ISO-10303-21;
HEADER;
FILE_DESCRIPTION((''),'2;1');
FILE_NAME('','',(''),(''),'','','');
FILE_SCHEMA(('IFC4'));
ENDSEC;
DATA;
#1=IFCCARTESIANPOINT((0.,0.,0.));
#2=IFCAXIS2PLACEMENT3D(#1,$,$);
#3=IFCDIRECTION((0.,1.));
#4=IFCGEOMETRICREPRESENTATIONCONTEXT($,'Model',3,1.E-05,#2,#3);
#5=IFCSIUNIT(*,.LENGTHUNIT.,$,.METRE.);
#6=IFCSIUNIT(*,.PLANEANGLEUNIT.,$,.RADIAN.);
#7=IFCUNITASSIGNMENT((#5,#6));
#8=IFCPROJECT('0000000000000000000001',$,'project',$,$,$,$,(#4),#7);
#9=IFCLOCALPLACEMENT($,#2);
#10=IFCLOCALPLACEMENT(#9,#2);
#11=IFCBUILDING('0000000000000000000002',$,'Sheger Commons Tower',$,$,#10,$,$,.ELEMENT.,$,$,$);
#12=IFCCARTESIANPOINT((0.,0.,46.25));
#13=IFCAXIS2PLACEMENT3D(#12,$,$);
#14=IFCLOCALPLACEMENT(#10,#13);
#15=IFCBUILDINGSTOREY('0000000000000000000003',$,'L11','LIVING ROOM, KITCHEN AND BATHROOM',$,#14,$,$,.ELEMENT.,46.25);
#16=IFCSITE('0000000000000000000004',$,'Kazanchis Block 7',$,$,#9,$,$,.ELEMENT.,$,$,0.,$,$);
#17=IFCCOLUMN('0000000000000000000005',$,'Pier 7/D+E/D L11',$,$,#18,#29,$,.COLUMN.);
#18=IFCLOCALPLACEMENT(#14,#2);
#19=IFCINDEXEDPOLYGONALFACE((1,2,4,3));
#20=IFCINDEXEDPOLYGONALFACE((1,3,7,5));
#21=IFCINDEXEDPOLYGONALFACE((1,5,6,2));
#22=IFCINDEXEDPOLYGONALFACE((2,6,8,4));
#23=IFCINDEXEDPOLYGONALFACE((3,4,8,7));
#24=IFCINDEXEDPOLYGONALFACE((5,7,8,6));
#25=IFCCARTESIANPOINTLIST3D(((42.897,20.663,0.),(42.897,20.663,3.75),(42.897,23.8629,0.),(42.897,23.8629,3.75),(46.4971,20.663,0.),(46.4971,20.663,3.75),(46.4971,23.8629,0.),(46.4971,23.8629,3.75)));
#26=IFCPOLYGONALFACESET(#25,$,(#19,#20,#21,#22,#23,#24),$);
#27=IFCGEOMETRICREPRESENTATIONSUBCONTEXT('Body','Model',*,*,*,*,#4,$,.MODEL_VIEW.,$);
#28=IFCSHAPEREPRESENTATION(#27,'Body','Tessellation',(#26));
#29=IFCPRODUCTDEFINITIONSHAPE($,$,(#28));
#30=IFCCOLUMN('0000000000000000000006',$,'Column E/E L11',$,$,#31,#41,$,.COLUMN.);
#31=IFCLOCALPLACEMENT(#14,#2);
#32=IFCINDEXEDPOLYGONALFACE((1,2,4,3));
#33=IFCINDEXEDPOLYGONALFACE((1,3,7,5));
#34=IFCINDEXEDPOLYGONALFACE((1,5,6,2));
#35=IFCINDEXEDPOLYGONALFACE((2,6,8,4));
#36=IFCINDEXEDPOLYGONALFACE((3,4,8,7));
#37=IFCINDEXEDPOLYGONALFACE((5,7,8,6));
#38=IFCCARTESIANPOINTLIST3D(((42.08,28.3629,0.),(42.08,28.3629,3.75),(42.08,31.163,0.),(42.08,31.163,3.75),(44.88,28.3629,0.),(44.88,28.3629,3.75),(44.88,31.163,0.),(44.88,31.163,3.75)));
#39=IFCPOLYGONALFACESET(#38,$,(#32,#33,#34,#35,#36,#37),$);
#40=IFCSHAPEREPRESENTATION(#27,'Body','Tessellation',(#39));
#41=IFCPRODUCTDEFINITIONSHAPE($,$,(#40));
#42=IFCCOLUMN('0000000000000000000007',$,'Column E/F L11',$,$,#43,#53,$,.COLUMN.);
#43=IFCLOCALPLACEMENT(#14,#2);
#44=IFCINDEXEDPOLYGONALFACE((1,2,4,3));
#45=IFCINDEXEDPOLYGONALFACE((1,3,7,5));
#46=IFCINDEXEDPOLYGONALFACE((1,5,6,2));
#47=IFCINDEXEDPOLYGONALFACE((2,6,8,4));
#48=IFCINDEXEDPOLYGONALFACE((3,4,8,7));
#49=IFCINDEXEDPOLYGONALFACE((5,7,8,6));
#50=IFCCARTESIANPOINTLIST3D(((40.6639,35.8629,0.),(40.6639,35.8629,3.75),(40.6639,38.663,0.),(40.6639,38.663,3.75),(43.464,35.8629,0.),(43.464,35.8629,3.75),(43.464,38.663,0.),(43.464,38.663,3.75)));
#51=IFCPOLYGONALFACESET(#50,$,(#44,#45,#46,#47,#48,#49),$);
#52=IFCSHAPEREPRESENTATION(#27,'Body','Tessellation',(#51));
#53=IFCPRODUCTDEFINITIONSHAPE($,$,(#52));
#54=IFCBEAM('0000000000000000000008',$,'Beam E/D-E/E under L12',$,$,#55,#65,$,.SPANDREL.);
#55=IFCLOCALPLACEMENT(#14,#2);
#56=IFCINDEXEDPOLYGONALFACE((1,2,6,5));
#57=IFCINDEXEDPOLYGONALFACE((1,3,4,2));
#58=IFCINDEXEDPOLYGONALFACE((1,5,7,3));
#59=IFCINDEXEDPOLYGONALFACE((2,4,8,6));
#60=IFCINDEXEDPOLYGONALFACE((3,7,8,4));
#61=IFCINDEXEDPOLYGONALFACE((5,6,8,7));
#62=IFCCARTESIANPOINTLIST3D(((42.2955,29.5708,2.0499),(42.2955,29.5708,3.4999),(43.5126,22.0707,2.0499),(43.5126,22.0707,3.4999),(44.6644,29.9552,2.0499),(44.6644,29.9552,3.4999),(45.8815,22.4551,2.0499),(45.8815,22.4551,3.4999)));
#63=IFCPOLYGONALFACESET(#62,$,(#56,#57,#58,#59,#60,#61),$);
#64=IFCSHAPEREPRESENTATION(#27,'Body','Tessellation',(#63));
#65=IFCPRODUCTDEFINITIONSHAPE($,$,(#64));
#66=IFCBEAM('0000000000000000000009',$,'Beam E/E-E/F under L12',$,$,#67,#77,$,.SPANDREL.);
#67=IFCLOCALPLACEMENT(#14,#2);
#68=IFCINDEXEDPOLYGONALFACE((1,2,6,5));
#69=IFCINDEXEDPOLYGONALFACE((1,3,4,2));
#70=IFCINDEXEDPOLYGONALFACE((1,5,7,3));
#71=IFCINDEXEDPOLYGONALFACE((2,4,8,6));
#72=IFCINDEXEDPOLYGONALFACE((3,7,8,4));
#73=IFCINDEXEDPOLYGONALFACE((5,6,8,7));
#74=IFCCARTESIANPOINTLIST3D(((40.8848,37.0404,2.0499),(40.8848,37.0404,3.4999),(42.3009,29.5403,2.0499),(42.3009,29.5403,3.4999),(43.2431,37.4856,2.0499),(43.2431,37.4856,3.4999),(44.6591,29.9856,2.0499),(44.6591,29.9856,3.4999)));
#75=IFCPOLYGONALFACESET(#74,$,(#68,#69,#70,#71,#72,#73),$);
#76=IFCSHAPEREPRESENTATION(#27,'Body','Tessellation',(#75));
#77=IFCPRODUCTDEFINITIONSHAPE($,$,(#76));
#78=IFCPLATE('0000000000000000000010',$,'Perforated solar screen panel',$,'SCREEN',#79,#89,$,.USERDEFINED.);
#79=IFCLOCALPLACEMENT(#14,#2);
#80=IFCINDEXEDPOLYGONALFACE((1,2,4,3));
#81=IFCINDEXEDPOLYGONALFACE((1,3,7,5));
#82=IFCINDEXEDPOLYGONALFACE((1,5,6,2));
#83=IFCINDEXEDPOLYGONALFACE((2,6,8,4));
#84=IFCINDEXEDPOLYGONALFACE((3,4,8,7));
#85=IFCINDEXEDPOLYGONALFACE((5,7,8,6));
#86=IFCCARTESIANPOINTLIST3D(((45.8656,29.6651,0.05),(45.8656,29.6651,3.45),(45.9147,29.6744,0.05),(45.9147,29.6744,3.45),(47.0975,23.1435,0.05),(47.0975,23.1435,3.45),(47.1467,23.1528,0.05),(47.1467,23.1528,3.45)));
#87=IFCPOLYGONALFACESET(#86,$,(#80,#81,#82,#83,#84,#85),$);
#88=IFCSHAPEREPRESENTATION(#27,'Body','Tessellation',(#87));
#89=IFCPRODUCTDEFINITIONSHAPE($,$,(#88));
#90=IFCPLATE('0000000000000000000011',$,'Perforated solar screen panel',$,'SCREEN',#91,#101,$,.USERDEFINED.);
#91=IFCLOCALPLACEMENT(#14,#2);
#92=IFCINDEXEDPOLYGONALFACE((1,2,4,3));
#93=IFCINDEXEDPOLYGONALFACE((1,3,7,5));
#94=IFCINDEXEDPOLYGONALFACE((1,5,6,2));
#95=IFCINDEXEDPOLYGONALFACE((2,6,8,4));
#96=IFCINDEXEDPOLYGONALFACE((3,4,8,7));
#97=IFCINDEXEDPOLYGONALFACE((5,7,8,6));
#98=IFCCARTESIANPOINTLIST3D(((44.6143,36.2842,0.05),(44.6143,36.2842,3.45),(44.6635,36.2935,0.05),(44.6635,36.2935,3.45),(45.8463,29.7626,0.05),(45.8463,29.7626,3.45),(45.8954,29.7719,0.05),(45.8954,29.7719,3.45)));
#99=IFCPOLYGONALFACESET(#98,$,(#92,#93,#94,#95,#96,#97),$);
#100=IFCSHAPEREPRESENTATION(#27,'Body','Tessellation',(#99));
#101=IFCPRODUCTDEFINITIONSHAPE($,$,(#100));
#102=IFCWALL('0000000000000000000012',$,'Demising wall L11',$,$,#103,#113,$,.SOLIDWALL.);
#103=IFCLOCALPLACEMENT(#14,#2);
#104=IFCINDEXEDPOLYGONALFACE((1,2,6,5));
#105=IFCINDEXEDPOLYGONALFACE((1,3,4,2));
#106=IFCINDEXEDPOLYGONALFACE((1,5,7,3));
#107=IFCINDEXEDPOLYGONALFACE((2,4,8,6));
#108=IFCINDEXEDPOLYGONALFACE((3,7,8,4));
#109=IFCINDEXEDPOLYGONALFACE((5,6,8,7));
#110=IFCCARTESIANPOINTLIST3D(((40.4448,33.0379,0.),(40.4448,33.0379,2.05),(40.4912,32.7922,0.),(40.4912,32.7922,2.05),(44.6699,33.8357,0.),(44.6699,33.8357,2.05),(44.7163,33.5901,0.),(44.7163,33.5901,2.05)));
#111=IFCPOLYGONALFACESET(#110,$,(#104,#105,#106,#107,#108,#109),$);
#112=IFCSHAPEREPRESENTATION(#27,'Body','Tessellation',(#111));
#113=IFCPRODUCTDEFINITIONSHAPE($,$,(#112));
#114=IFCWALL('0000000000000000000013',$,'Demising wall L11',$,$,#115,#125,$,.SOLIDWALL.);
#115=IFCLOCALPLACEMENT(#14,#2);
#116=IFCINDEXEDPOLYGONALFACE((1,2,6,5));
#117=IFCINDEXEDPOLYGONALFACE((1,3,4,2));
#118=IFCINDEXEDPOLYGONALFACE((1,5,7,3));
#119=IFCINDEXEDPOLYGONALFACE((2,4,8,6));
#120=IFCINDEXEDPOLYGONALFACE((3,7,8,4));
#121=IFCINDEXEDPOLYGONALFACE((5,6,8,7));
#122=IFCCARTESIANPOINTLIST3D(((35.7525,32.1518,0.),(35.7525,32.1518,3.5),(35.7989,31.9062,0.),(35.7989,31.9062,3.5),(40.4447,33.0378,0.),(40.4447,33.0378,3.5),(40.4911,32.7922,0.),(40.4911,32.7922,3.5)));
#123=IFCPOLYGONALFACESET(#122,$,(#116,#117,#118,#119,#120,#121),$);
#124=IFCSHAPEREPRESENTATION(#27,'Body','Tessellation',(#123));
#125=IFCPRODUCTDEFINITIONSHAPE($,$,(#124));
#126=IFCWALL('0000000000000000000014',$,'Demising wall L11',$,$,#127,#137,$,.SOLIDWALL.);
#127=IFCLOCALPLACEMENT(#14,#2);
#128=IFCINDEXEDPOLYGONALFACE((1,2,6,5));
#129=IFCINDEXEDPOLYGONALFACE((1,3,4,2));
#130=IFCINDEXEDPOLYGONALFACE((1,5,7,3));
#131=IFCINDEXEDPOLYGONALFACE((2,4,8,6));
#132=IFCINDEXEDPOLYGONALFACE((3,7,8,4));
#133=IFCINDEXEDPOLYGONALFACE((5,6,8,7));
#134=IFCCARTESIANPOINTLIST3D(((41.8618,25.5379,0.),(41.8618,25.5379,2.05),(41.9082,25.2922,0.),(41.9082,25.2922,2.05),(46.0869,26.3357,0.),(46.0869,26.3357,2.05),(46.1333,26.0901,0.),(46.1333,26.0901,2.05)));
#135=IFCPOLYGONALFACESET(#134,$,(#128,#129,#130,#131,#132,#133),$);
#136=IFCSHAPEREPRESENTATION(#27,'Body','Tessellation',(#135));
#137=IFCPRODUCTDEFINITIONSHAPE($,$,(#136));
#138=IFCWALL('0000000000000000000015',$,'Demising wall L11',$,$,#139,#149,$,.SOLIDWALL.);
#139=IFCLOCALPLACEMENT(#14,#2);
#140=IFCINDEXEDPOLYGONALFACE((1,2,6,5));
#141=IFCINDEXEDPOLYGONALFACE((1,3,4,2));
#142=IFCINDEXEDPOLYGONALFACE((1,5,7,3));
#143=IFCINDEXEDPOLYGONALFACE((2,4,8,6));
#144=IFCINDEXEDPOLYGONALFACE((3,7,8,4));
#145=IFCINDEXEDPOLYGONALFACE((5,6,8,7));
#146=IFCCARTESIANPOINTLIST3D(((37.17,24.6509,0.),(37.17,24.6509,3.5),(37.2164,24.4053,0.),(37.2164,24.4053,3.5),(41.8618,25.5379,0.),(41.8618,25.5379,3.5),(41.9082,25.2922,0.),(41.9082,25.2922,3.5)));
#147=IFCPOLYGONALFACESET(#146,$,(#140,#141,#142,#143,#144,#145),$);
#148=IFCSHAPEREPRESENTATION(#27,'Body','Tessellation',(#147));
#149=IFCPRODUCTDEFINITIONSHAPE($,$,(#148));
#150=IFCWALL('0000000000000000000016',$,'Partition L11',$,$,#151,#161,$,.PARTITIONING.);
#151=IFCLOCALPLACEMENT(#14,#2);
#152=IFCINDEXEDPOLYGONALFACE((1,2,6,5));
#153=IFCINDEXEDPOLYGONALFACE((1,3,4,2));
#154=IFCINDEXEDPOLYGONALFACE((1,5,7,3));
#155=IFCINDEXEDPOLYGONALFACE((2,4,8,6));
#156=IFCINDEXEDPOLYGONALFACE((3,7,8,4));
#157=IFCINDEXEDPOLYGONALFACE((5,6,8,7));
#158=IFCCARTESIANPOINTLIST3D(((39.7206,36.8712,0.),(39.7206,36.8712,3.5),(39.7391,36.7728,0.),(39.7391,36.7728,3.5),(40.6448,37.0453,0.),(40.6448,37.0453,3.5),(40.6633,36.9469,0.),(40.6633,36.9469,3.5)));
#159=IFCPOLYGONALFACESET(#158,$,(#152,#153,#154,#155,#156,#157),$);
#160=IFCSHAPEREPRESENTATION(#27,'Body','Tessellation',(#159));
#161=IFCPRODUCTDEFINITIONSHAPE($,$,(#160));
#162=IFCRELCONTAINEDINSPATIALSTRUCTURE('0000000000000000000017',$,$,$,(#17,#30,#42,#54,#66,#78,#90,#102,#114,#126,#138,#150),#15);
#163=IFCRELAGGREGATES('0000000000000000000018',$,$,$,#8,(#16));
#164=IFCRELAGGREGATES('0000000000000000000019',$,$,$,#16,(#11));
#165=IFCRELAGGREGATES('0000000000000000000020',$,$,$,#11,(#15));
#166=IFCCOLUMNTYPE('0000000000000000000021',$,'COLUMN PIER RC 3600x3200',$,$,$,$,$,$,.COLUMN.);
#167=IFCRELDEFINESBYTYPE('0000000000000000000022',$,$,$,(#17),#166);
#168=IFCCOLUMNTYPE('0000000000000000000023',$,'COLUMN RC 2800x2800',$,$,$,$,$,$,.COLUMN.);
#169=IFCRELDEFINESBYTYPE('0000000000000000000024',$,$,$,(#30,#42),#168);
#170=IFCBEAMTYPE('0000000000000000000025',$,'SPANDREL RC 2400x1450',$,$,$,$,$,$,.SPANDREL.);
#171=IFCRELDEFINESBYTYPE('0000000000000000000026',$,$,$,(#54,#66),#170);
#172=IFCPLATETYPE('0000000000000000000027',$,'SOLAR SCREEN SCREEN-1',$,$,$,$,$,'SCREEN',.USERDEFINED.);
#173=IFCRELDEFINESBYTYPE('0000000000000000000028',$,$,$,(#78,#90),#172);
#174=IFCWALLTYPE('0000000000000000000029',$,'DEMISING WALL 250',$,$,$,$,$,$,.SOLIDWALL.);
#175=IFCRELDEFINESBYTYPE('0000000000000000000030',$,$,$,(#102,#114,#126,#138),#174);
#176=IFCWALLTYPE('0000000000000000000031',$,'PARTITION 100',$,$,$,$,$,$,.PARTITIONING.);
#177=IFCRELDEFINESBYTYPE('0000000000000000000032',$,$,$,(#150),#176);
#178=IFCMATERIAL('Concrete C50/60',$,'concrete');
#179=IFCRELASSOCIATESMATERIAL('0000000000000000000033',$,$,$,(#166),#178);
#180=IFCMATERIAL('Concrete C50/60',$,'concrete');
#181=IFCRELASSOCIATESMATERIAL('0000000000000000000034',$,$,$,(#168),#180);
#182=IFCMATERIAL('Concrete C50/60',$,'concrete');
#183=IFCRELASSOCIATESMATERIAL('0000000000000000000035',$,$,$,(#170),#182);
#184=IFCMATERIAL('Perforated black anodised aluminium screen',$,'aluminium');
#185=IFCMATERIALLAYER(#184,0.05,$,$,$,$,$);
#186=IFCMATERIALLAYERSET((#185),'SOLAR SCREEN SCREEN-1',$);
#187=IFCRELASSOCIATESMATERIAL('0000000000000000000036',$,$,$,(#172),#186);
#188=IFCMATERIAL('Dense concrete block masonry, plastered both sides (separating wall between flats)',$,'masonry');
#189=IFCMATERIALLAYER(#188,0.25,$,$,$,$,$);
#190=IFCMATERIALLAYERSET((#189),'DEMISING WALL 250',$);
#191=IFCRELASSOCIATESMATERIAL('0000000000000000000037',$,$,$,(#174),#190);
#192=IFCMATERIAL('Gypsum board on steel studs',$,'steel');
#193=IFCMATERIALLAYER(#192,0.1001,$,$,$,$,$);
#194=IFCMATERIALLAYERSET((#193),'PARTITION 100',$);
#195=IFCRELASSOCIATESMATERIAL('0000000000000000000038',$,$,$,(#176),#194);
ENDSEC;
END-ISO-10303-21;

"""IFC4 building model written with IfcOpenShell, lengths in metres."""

from ifc_helpers import new_model, si_unit, direction, frame, frame_2d, origin, origin_2d, place, context, subcontext, project, spatial, rectangle, extrude, material, layer, layer_set, material_profile, profile_set, type_object, element, save


model = new_model("IFC4")

# Units and contexts
model_context = context("Model", 3, precision=1e-05, world=origin(), true_north=direction((0.0, 1.0)))
body_context = subcontext(model_context, "Body", "Model", "MODEL_VIEW")
ifc_project = project(units=[si_unit("LENGTHUNIT", "METRE"), si_unit("PLANEANGLEUNIT", "RADIAN")], contexts=[model_context])

# Site, building, storey
site_placement = place(None, origin())
site = spatial("IfcSite", under=ifc_project, at=site_placement, Name="Kazanchis Block 7", CompositionType="ELEMENT", RefElevation=0.0)
building_placement = place(site_placement, origin())
building = spatial("IfcBuilding", under=site, at=building_placement, Name="Sheger Commons Tower", CompositionType="ELEMENT")
storey_placement = place(building_placement, frame((0.0, 0.0, 46.25)))
storey = spatial("IfcBuildingStorey", under=building, at=storey_placement, Name="L11", Description="LIVING ROOM, KITCHEN AND BATHROOM", CompositionType="ELEMENT", Elevation=46.25)

# Columns
ifc_material_1 = material(Name="Concrete C50/60", Category="concrete")
ifc_material_profile_1 = material_profile(ifc_material_1, rectangle(XDim=3.6001, YDim=3.2, at=origin_2d()), Name="RC 3600x3200")
ifc_profile_set_1 = profile_set([ifc_material_profile_1], Name="Concrete C50/60")
column_type_1 = type_object("IfcColumnType", Name="COLUMN PIER RC 3600x3200", PredefinedType="COLUMN", material=ifc_profile_set_1)
column_placement = place(storey_placement, frame((44.697, 22.2629, 0.0), z_axis=(0.0, 0.0, 1.0), x_axis=(1.0, 0.0, 0.0)))
element("IfcColumn", 1, at=column_placement, inside=storey, type_object=column_type_1, Name="Pier 7/D+E/D L11", PredefinedType="COLUMN", context=body_context, shape_type="SweptSolid", body=[
    extrude(rectangle(XDim=3.6001, YDim=3.2, at=origin_2d()), origin(), (0.0, 0.0, 1.0), 3.75),
])
ifc_material_2 = material(Name="Concrete C50/60", Category="concrete")
ifc_material_profile_2 = material_profile(ifc_material_2, rectangle(XDim=2.8, YDim=2.8, at=origin_2d()), Name="RC 2800x2800")
ifc_profile_set_2 = profile_set([ifc_material_profile_2], Name="Concrete C50/60")
column_type_2 = type_object("IfcColumnType", Name="COLUMN RC 2800x2800", PredefinedType="COLUMN", material=ifc_profile_set_2)
for number, where, z_axis, x_axis, name in (
    (2, (43.48, 29.7629, 0.0), (0.0, 0.0, 1.0), (1.0, 0.0, 0.0), "Column E/E L11"),
    (3, (42.064, 37.2629, 0.0), (0.0, 0.0, 1.0), (1.0, 0.0, 0.0), "Column E/F L11"),
):
    element("IfcColumn", number, at=place(storey_placement, frame(where, z_axis=z_axis, x_axis=x_axis)), inside=storey, type_object=column_type_2, Name=name, PredefinedType="COLUMN", context=body_context, shape_type="SweptSolid", body=[
        extrude(rectangle(XDim=2.8, YDim=2.8, at=origin_2d()), origin(), (0.0, 0.0, 1.0), 3.75),
    ])

# Beams
ifc_material_3 = material(Name="Concrete C50/60", Category="concrete")
ifc_material_profile_3 = material_profile(ifc_material_3, rectangle(XDim=2.3999, YDim=1.45, at=origin_2d()), Name="RC 2400x1450")
ifc_profile_set_3 = profile_set([ifc_material_profile_3], Name="Concrete C50/60")
beam_type = type_object("IfcBeamType", Name="SPANDREL RC 2400x1450", PredefinedType="SPANDREL", material=ifc_profile_set_3)
beam_1_placement = place(storey_placement, frame((44.697, 22.2629, 2.7749), z_axis=(-0.160177, 0.987088, 0.0), x_axis=(-0.987088, -0.160177, 0.0)))
element("IfcBeam", 4, at=beam_1_placement, inside=storey, type_object=beam_type, Name="Beam E/D-E/E under L12", PredefinedType="SPANDREL", context=body_context, shape_type="SweptSolid", body=[
    extrude(rectangle(XDim=2.3999, YDim=1.45, at=origin_2d()), origin(), (0.0, 0.0, 1.0), 7.5981),
])
beam_2_placement = place(storey_placement, frame((43.48, 29.7629, 2.7749), z_axis=(-0.185524, 0.98264, 0.0), x_axis=(-0.98264, -0.185524, 0.0)))
element("IfcBeam", 5, at=beam_2_placement, inside=storey, type_object=beam_type, Name="Beam E/E-E/F under L12", PredefinedType="SPANDREL", context=body_context, shape_type="SweptSolid", body=[
    extrude(rectangle(XDim=2.3999, YDim=1.45, at=origin_2d()), origin(), (0.0, 0.0, 1.0), 7.6326),
])

# Plates
ifc_material_4 = material(Name="Perforated black anodised aluminium screen", Category="aluminium")
ifc_layer_1 = layer(ifc_material_4, 0.05)
ifc_layer_set_1 = layer_set([ifc_layer_1], Name="SOLAR SCREEN SCREEN-1")
plate_type = type_object("IfcPlateType", Name="SOLAR SCREEN SCREEN-1", ElementType="SCREEN", PredefinedType="USERDEFINED", material=ifc_layer_set_1)
for number, where, z_axis, x_axis, name in (
    (6, (46.5061, 26.4089, 0.05), (0.0, 0.0, 1.0), (-0.185615, 0.982623, 0.0), "Perforated solar screen panel"),
    (7, (45.2549, 33.0281, 0.05), (0.0, 0.0, 1.0), (-0.185615, 0.982623, 0.0), "Perforated solar screen panel"),
):
    element("IfcPlate", number, at=place(storey_placement, frame(where, z_axis=z_axis, x_axis=x_axis)), inside=storey, type_object=plate_type, Name=name, ObjectType="SCREEN", PredefinedType="USERDEFINED", context=body_context, shape_type="SweptSolid", body=[
        extrude(rectangle(XDim=6.637, YDim=0.05, at=origin_2d()), origin(), (0.0, 0.0, 1.0), 3.3999),
    ])

# Walls
ifc_material_5 = material(Name="Dense concrete block masonry, plastered both sides (separating wall between flats)", Category="masonry")
ifc_layer_2 = layer(ifc_material_5, 0.25)
ifc_layer_set_2 = layer_set([ifc_layer_2], Name="DEMISING WALL 250")
wall_type_1 = type_object("IfcWallType", Name="DEMISING WALL 250", PredefinedType="SOLIDWALL", material=ifc_layer_set_2)
wall_1_placement = place(storey_placement, frame((44.6931, 33.7129, 0.0), z_axis=(0.0, 0.0, 1.0), x_axis=(-0.982634, -0.185557, 0.0)))
element("IfcWall", 8, at=wall_1_placement, inside=storey, type_object=wall_type_1, Name="Demising wall L11", PredefinedType="SOLIDWALL", context=body_context, shape_type="SweptSolid", body=[
    extrude(rectangle(XDim=4.2998, YDim=0.25, at=frame_2d((2.1499, 0.0))), origin(), (0.0, 0.0, 1.0), 2.05),
])
wall_2_placement = place(storey_placement, frame((40.468, 32.915, 0.0), z_axis=(0.0, 0.0, 1.0), x_axis=(-0.982636, -0.185545, 0.0)))
element("IfcWall", 9, at=wall_2_placement, inside=storey, type_object=wall_type_1, Name="Demising wall L11", PredefinedType="SOLIDWALL", context=body_context, shape_type="SweptSolid", body=[
    extrude(rectangle(XDim=4.7751, YDim=0.25, at=frame_2d((2.3877, 0.0))), origin(), (0.0, 0.0, 1.0), 3.5),
])
wall_3_placement = place(storey_placement, frame((46.1101, 26.2129, 0.0), z_axis=(0.0, 0.0, 1.0), x_axis=(-0.982634, -0.185557, 0.0)))
element("IfcWall", 10, at=wall_3_placement, inside=storey, type_object=wall_type_1, Name="Demising wall L11", PredefinedType="SOLIDWALL", context=body_context, shape_type="SweptSolid", body=[
    extrude(rectangle(XDim=4.2998, YDim=0.25, at=frame_2d((2.1499, 0.0))), origin(), (0.0, 0.0, 1.0), 2.05),
])
wall_4_placement = place(storey_placement, frame((41.885, 25.415, 0.0), z_axis=(0.0, 0.0, 1.0), x_axis=(-0.982597, -0.185752, 0.0)))
element("IfcWall", 11, at=wall_4_placement, inside=storey, type_object=wall_type_1, Name="Demising wall L11", PredefinedType="SOLIDWALL", context=body_context, shape_type="SweptSolid", body=[
    extrude(rectangle(XDim=4.7749, YDim=0.25, at=frame_2d((2.3875, 0.0))), origin(), (0.0, 0.0, 1.0), 3.5),
])
ifc_material_6 = material(Name="Gypsum board on steel studs", Category="steel")
ifc_layer_3 = layer(ifc_material_6, 0.1001)
ifc_layer_set_3 = layer_set([ifc_layer_3], Name="PARTITION 100")
wall_type_2 = type_object("IfcWallType", Name="PARTITION 100", PredefinedType="PARTITIONING", material=ifc_layer_set_3)
wall_5_placement = place(storey_placement, frame((40.6541, 36.9961, 0.0), z_axis=(0.0, 0.0, 1.0), x_axis=(-0.982716, -0.185119, 0.0)))
element("IfcWall", 12, at=wall_5_placement, inside=storey, type_object=wall_type_2, Name="Partition L11", PredefinedType="PARTITIONING", context=body_context, shape_type="SweptSolid", body=[
    extrude(rectangle(XDim=0.9404, YDim=0.1001, at=frame_2d((0.4702, 0.0))), origin(), (0.0, 0.0, 1.0), 3.5),
])

save(model, "model.ifc")
